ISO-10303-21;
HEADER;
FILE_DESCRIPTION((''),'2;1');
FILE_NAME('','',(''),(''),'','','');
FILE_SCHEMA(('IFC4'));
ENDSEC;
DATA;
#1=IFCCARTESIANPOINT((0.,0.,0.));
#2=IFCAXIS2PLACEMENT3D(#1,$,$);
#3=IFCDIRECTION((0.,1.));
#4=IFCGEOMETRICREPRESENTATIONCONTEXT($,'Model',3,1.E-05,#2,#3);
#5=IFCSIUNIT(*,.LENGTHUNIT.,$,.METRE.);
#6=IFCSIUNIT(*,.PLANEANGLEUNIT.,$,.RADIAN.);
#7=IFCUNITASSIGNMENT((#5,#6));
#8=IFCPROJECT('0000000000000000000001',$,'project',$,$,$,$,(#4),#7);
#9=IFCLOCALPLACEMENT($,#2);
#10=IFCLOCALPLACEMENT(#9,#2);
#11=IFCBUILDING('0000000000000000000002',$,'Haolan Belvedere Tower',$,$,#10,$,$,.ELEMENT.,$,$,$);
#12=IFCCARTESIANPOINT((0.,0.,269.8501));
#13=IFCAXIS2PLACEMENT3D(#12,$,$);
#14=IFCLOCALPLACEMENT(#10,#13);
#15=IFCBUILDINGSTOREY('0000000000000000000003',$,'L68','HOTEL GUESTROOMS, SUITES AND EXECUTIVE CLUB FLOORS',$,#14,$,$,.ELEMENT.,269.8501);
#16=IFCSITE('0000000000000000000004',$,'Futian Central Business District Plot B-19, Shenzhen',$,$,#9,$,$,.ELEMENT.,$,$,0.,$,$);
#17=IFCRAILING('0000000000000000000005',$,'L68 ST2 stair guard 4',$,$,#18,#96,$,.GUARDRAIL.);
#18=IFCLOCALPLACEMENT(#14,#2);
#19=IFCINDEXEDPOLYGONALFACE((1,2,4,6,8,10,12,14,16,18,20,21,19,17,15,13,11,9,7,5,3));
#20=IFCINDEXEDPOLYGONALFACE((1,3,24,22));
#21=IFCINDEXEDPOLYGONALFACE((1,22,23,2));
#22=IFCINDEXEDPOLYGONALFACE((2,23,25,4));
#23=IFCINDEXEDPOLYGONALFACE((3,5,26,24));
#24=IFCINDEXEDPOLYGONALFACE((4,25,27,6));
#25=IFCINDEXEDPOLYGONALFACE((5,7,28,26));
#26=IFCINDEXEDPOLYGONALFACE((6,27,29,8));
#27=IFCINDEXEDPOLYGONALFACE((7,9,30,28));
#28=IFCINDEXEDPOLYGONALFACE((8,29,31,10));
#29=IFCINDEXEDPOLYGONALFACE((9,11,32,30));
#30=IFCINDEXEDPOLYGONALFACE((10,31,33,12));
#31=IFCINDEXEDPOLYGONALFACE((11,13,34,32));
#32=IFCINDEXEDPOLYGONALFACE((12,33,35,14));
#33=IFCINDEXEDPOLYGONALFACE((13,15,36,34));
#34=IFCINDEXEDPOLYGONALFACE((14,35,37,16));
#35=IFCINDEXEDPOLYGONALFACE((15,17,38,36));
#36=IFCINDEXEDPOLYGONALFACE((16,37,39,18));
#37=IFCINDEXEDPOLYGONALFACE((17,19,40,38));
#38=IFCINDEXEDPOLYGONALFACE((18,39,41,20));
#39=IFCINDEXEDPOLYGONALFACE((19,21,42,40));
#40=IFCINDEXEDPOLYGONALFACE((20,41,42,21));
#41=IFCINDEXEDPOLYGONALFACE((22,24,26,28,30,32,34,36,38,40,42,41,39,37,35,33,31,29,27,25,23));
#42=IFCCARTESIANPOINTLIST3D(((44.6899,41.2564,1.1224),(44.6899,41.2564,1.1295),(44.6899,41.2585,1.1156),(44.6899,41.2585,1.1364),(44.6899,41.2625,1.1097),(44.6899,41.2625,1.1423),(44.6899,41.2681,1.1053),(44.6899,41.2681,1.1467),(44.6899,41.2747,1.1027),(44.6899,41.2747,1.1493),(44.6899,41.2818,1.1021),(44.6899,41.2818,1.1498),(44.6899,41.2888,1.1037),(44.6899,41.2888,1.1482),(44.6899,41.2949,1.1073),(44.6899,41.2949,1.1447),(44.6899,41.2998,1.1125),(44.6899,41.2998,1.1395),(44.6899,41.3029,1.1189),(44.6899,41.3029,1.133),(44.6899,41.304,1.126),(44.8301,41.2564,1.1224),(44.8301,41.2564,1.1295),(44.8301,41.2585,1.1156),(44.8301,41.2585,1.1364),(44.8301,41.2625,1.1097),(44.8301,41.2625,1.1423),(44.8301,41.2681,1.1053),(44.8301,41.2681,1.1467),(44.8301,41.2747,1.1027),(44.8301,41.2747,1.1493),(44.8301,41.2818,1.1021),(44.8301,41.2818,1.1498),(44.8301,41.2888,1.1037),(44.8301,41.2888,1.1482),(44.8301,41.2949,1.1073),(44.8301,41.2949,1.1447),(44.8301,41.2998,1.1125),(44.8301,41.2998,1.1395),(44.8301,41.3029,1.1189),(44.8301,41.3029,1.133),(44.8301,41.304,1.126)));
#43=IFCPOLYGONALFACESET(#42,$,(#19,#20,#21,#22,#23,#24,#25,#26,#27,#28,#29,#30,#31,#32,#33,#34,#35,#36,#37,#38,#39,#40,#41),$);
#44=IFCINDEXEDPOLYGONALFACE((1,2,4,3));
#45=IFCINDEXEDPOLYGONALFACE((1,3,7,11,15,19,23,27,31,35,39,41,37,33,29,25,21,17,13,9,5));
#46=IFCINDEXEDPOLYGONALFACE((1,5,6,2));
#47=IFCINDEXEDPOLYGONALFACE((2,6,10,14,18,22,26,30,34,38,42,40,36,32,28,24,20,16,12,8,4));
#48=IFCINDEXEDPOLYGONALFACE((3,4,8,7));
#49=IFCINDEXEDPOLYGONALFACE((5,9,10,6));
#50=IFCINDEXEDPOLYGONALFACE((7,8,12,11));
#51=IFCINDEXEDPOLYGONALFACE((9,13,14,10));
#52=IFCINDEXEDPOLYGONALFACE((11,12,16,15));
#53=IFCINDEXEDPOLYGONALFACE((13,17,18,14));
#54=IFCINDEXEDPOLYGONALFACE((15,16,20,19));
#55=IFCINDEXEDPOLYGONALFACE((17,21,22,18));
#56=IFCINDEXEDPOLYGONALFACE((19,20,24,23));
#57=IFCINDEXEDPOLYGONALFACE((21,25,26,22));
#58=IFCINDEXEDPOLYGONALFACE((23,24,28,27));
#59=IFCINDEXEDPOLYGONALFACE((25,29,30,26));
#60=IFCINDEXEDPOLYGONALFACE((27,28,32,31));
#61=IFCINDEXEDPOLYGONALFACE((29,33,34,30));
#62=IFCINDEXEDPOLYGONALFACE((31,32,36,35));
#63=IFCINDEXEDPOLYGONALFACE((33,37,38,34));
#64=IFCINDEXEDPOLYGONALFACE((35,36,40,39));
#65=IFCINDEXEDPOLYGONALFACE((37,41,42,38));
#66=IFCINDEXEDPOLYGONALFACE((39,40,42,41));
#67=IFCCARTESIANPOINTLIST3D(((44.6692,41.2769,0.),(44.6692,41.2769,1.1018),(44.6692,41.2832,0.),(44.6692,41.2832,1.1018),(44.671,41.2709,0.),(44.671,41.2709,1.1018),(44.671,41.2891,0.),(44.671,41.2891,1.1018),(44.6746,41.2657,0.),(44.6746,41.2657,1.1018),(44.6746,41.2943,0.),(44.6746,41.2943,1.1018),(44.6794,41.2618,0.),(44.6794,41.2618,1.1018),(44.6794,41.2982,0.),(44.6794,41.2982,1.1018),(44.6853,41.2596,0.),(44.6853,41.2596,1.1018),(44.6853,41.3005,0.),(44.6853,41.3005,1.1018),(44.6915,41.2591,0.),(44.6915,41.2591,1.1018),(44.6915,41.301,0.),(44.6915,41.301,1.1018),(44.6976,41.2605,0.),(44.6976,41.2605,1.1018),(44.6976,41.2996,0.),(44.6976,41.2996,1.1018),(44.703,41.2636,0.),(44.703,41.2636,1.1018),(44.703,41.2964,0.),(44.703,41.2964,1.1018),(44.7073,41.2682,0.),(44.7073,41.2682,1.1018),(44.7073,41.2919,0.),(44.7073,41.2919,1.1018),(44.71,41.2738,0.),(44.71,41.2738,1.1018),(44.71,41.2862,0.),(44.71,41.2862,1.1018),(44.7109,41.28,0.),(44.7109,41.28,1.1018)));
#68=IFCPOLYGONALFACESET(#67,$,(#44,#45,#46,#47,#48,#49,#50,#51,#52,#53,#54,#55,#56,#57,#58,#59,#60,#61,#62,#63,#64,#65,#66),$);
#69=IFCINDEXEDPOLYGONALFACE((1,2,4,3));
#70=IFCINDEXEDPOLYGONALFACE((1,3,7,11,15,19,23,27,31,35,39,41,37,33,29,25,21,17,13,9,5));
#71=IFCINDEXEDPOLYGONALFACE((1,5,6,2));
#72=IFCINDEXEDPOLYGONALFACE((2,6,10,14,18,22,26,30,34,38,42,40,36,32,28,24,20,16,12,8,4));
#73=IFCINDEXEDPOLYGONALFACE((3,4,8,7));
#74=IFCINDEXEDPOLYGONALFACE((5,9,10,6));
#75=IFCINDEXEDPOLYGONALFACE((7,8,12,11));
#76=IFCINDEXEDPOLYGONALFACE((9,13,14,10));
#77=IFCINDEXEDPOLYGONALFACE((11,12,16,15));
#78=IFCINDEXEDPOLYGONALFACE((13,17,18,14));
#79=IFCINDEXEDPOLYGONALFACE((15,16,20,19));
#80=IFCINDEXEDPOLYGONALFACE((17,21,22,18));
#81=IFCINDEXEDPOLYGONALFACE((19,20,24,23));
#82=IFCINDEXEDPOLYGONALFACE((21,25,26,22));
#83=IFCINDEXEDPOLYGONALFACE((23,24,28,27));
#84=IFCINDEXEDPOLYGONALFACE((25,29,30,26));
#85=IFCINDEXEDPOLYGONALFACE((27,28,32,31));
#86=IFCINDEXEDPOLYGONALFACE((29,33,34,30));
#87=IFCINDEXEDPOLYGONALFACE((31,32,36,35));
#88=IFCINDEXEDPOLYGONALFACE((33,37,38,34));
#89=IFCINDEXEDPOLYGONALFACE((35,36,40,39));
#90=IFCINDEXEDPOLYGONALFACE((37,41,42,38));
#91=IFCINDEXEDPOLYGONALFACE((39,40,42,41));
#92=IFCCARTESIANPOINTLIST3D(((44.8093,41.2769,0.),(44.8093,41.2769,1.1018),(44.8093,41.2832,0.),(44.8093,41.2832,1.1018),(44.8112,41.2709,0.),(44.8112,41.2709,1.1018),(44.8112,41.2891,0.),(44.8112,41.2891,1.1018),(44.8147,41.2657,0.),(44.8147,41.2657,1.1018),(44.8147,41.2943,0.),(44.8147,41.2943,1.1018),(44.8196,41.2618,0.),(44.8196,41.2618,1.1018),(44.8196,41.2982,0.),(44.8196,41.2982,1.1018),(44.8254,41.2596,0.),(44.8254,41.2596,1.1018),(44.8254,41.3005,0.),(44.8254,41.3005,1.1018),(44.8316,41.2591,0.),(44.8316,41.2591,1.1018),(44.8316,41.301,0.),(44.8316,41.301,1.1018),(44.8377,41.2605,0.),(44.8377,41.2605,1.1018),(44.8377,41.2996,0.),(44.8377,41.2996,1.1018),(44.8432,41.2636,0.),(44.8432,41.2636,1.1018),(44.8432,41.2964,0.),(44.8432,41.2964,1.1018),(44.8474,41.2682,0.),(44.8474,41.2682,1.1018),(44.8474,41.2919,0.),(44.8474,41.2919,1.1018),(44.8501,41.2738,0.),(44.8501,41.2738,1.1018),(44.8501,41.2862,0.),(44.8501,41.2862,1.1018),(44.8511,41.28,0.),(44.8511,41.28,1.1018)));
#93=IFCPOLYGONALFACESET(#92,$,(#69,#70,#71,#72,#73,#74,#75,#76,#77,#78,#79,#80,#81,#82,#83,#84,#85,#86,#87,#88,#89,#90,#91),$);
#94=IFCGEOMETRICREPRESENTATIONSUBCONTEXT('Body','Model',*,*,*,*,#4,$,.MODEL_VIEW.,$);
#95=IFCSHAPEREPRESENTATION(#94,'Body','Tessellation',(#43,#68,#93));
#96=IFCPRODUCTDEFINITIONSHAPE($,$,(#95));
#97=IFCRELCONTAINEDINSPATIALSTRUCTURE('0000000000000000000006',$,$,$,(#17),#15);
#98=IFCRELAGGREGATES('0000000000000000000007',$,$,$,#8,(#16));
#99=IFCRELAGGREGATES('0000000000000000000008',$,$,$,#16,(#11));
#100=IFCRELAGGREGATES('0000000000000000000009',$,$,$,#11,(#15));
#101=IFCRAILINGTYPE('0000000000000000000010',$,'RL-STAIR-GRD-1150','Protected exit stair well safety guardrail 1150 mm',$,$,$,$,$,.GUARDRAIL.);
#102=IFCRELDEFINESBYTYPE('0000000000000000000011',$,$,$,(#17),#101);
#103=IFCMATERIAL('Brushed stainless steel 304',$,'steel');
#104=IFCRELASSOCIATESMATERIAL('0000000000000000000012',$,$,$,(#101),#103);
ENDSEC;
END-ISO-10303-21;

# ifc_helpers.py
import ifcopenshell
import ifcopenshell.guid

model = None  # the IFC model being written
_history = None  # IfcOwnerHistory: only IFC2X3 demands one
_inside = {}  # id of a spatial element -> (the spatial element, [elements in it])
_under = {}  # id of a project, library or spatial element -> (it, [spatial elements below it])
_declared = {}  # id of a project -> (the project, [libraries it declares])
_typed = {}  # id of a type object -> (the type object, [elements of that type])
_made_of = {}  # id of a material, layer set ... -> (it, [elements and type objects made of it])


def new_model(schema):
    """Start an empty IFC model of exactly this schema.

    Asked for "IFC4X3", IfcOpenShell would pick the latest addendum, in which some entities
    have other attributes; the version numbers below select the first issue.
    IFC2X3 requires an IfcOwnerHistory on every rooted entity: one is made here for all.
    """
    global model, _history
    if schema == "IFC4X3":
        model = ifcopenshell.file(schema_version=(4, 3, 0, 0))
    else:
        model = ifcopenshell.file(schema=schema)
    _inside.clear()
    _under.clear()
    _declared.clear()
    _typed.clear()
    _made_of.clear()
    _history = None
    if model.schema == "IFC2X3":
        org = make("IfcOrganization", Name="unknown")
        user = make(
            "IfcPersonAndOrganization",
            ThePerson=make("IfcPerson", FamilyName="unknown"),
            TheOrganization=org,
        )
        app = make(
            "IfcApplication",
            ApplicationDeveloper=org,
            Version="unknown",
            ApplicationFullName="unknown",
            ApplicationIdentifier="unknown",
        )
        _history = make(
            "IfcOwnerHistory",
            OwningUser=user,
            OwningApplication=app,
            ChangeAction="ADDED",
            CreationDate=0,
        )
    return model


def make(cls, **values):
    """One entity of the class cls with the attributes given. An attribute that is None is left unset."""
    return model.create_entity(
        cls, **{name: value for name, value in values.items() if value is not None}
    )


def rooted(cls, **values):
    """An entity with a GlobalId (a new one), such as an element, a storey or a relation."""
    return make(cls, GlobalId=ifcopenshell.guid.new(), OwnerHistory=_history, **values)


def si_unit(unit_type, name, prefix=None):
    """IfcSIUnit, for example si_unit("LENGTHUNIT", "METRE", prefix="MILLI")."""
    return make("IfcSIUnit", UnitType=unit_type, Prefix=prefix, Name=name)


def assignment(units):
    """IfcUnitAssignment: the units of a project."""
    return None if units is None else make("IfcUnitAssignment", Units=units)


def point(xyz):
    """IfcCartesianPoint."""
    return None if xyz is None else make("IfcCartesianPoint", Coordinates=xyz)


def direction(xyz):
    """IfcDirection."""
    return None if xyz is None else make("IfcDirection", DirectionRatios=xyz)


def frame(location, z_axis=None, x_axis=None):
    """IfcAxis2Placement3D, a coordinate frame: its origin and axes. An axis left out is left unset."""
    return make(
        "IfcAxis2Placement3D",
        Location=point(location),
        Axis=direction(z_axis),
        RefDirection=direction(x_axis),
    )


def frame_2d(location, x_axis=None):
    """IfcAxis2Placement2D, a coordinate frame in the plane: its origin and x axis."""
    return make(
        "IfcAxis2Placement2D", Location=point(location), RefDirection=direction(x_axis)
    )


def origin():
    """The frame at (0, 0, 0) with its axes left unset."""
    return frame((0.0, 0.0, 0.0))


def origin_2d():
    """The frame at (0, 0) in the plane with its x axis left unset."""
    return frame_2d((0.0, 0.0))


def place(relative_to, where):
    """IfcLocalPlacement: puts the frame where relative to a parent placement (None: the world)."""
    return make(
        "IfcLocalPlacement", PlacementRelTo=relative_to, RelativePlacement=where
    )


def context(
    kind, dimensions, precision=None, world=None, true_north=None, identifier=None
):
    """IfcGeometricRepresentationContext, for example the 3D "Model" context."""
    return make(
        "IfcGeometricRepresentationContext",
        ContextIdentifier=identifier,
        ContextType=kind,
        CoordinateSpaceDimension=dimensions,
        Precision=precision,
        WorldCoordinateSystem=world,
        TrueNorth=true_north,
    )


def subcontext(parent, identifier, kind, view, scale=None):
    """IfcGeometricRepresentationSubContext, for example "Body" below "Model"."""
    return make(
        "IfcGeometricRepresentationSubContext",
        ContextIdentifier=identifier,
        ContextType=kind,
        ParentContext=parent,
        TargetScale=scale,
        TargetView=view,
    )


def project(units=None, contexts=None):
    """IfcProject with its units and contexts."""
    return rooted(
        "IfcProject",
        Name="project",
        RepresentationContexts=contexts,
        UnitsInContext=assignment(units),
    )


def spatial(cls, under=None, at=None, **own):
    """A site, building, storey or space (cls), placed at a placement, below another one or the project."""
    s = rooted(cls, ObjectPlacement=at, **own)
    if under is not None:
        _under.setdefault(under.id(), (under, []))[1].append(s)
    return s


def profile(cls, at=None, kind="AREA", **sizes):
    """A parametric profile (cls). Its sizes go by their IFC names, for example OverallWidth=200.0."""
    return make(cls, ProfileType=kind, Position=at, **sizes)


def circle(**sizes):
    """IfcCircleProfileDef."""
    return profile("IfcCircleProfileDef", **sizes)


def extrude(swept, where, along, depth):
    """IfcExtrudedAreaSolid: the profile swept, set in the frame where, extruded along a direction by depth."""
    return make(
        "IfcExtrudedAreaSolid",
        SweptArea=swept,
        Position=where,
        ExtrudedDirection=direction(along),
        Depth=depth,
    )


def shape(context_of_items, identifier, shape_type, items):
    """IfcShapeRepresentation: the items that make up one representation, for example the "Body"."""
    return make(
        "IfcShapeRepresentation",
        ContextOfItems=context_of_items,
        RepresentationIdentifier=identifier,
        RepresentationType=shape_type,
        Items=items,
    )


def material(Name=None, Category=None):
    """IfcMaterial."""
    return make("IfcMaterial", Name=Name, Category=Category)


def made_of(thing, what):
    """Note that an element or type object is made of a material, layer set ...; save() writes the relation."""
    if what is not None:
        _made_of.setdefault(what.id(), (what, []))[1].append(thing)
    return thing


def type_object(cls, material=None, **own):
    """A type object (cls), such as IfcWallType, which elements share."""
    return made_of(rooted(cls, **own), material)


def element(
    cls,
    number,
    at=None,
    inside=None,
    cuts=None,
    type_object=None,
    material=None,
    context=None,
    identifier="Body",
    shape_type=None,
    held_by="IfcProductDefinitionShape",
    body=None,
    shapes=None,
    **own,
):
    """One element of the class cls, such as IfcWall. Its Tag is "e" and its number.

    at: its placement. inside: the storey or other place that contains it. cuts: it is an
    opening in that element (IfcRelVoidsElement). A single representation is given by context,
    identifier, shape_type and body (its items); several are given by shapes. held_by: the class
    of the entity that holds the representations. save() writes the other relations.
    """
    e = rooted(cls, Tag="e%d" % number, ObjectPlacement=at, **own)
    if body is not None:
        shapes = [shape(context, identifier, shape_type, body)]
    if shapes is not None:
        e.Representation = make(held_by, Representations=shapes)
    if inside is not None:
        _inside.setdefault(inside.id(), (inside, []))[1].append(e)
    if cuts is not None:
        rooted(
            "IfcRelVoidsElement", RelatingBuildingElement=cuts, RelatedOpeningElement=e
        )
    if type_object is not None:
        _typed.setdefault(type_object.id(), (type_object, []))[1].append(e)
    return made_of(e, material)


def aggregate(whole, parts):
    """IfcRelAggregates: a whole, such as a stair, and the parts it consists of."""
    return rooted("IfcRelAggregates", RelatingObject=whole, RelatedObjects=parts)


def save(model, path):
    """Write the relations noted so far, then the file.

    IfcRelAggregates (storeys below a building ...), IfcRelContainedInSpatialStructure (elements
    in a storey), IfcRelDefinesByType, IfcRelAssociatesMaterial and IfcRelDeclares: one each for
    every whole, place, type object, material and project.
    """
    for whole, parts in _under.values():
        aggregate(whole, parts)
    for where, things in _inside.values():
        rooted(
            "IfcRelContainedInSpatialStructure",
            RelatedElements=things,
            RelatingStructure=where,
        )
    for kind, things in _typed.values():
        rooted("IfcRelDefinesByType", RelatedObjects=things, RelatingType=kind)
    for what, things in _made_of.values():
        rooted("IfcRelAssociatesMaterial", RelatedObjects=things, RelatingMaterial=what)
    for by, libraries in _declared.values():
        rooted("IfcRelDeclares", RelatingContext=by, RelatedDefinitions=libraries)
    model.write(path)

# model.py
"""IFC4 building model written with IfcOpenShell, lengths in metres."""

from ifc_helpers import new_model, si_unit, direction, frame, origin, origin_2d, place, context, subcontext, project, spatial, circle, extrude, material, type_object, element, save


model = new_model("IFC4")

# Units and contexts
model_context = context("Model", 3, precision=1e-05, world=origin(), true_north=direction((0.0, 1.0)))
body_context = subcontext(model_context, "Body", "Model", "MODEL_VIEW")
ifc_project = project(units=[si_unit("LENGTHUNIT", "METRE"), si_unit("PLANEANGLEUNIT", "RADIAN")], contexts=[model_context])

# Site, building, storey
site_placement = place(None, origin())
site = spatial("IfcSite", under=ifc_project, at=site_placement, Name="Futian Central Business District Plot B-19, Shenzhen", CompositionType="ELEMENT", RefElevation=0.0)
building_placement = place(site_placement, origin())
building = spatial("IfcBuilding", under=site, at=building_placement, Name="Haolan Belvedere Tower", CompositionType="ELEMENT")
storey_placement = place(building_placement, frame((0.0, 0.0, 269.8501)))
storey = spatial("IfcBuildingStorey", under=building, at=storey_placement, Name="L68", Description="HOTEL GUESTROOMS, SUITES AND EXECUTIVE CLUB FLOORS", CompositionType="ELEMENT", Elevation=269.8501)

# Railing
ifc_material_1 = material(Name="Brushed stainless steel 304", Category="steel")
railing_type_1 = type_object("IfcRailingType", Name="RL-STAIR-GRD-1150", Description="Protected exit stair well safety guardrail 1150 mm", PredefinedType="GUARDRAIL", material=ifc_material_1)
railing_1_placement = place(storey_placement, frame((44.6899, 41.28, 0.0)))
element("IfcRailing", 1, at=railing_1_placement, inside=storey, type_object=railing_type_1, Name="L68 ST2 stair guard 4", PredefinedType="GUARDRAIL", context=body_context, shape_type="SweptSolid", body=[
    extrude(circle(Radius=0.0239, at=origin_2d()), frame((0.0, 0.0, 1.126), z_axis=(1.0, 0.0, 0.0), x_axis=(0.0, 1.0, 0.0)), (0.0, 0.0, 1.0), 0.1401),
    extrude(circle(Radius=0.021, at=origin_2d()), origin(), (0.0, 0.0, 1.0), 1.1018),
    extrude(circle(Radius=0.021, at=origin_2d()), frame((0.1401, 0.0, 0.0)), (0.0, 0.0, 1.0), 1.1018),
])

save(model, "model.ifc")
